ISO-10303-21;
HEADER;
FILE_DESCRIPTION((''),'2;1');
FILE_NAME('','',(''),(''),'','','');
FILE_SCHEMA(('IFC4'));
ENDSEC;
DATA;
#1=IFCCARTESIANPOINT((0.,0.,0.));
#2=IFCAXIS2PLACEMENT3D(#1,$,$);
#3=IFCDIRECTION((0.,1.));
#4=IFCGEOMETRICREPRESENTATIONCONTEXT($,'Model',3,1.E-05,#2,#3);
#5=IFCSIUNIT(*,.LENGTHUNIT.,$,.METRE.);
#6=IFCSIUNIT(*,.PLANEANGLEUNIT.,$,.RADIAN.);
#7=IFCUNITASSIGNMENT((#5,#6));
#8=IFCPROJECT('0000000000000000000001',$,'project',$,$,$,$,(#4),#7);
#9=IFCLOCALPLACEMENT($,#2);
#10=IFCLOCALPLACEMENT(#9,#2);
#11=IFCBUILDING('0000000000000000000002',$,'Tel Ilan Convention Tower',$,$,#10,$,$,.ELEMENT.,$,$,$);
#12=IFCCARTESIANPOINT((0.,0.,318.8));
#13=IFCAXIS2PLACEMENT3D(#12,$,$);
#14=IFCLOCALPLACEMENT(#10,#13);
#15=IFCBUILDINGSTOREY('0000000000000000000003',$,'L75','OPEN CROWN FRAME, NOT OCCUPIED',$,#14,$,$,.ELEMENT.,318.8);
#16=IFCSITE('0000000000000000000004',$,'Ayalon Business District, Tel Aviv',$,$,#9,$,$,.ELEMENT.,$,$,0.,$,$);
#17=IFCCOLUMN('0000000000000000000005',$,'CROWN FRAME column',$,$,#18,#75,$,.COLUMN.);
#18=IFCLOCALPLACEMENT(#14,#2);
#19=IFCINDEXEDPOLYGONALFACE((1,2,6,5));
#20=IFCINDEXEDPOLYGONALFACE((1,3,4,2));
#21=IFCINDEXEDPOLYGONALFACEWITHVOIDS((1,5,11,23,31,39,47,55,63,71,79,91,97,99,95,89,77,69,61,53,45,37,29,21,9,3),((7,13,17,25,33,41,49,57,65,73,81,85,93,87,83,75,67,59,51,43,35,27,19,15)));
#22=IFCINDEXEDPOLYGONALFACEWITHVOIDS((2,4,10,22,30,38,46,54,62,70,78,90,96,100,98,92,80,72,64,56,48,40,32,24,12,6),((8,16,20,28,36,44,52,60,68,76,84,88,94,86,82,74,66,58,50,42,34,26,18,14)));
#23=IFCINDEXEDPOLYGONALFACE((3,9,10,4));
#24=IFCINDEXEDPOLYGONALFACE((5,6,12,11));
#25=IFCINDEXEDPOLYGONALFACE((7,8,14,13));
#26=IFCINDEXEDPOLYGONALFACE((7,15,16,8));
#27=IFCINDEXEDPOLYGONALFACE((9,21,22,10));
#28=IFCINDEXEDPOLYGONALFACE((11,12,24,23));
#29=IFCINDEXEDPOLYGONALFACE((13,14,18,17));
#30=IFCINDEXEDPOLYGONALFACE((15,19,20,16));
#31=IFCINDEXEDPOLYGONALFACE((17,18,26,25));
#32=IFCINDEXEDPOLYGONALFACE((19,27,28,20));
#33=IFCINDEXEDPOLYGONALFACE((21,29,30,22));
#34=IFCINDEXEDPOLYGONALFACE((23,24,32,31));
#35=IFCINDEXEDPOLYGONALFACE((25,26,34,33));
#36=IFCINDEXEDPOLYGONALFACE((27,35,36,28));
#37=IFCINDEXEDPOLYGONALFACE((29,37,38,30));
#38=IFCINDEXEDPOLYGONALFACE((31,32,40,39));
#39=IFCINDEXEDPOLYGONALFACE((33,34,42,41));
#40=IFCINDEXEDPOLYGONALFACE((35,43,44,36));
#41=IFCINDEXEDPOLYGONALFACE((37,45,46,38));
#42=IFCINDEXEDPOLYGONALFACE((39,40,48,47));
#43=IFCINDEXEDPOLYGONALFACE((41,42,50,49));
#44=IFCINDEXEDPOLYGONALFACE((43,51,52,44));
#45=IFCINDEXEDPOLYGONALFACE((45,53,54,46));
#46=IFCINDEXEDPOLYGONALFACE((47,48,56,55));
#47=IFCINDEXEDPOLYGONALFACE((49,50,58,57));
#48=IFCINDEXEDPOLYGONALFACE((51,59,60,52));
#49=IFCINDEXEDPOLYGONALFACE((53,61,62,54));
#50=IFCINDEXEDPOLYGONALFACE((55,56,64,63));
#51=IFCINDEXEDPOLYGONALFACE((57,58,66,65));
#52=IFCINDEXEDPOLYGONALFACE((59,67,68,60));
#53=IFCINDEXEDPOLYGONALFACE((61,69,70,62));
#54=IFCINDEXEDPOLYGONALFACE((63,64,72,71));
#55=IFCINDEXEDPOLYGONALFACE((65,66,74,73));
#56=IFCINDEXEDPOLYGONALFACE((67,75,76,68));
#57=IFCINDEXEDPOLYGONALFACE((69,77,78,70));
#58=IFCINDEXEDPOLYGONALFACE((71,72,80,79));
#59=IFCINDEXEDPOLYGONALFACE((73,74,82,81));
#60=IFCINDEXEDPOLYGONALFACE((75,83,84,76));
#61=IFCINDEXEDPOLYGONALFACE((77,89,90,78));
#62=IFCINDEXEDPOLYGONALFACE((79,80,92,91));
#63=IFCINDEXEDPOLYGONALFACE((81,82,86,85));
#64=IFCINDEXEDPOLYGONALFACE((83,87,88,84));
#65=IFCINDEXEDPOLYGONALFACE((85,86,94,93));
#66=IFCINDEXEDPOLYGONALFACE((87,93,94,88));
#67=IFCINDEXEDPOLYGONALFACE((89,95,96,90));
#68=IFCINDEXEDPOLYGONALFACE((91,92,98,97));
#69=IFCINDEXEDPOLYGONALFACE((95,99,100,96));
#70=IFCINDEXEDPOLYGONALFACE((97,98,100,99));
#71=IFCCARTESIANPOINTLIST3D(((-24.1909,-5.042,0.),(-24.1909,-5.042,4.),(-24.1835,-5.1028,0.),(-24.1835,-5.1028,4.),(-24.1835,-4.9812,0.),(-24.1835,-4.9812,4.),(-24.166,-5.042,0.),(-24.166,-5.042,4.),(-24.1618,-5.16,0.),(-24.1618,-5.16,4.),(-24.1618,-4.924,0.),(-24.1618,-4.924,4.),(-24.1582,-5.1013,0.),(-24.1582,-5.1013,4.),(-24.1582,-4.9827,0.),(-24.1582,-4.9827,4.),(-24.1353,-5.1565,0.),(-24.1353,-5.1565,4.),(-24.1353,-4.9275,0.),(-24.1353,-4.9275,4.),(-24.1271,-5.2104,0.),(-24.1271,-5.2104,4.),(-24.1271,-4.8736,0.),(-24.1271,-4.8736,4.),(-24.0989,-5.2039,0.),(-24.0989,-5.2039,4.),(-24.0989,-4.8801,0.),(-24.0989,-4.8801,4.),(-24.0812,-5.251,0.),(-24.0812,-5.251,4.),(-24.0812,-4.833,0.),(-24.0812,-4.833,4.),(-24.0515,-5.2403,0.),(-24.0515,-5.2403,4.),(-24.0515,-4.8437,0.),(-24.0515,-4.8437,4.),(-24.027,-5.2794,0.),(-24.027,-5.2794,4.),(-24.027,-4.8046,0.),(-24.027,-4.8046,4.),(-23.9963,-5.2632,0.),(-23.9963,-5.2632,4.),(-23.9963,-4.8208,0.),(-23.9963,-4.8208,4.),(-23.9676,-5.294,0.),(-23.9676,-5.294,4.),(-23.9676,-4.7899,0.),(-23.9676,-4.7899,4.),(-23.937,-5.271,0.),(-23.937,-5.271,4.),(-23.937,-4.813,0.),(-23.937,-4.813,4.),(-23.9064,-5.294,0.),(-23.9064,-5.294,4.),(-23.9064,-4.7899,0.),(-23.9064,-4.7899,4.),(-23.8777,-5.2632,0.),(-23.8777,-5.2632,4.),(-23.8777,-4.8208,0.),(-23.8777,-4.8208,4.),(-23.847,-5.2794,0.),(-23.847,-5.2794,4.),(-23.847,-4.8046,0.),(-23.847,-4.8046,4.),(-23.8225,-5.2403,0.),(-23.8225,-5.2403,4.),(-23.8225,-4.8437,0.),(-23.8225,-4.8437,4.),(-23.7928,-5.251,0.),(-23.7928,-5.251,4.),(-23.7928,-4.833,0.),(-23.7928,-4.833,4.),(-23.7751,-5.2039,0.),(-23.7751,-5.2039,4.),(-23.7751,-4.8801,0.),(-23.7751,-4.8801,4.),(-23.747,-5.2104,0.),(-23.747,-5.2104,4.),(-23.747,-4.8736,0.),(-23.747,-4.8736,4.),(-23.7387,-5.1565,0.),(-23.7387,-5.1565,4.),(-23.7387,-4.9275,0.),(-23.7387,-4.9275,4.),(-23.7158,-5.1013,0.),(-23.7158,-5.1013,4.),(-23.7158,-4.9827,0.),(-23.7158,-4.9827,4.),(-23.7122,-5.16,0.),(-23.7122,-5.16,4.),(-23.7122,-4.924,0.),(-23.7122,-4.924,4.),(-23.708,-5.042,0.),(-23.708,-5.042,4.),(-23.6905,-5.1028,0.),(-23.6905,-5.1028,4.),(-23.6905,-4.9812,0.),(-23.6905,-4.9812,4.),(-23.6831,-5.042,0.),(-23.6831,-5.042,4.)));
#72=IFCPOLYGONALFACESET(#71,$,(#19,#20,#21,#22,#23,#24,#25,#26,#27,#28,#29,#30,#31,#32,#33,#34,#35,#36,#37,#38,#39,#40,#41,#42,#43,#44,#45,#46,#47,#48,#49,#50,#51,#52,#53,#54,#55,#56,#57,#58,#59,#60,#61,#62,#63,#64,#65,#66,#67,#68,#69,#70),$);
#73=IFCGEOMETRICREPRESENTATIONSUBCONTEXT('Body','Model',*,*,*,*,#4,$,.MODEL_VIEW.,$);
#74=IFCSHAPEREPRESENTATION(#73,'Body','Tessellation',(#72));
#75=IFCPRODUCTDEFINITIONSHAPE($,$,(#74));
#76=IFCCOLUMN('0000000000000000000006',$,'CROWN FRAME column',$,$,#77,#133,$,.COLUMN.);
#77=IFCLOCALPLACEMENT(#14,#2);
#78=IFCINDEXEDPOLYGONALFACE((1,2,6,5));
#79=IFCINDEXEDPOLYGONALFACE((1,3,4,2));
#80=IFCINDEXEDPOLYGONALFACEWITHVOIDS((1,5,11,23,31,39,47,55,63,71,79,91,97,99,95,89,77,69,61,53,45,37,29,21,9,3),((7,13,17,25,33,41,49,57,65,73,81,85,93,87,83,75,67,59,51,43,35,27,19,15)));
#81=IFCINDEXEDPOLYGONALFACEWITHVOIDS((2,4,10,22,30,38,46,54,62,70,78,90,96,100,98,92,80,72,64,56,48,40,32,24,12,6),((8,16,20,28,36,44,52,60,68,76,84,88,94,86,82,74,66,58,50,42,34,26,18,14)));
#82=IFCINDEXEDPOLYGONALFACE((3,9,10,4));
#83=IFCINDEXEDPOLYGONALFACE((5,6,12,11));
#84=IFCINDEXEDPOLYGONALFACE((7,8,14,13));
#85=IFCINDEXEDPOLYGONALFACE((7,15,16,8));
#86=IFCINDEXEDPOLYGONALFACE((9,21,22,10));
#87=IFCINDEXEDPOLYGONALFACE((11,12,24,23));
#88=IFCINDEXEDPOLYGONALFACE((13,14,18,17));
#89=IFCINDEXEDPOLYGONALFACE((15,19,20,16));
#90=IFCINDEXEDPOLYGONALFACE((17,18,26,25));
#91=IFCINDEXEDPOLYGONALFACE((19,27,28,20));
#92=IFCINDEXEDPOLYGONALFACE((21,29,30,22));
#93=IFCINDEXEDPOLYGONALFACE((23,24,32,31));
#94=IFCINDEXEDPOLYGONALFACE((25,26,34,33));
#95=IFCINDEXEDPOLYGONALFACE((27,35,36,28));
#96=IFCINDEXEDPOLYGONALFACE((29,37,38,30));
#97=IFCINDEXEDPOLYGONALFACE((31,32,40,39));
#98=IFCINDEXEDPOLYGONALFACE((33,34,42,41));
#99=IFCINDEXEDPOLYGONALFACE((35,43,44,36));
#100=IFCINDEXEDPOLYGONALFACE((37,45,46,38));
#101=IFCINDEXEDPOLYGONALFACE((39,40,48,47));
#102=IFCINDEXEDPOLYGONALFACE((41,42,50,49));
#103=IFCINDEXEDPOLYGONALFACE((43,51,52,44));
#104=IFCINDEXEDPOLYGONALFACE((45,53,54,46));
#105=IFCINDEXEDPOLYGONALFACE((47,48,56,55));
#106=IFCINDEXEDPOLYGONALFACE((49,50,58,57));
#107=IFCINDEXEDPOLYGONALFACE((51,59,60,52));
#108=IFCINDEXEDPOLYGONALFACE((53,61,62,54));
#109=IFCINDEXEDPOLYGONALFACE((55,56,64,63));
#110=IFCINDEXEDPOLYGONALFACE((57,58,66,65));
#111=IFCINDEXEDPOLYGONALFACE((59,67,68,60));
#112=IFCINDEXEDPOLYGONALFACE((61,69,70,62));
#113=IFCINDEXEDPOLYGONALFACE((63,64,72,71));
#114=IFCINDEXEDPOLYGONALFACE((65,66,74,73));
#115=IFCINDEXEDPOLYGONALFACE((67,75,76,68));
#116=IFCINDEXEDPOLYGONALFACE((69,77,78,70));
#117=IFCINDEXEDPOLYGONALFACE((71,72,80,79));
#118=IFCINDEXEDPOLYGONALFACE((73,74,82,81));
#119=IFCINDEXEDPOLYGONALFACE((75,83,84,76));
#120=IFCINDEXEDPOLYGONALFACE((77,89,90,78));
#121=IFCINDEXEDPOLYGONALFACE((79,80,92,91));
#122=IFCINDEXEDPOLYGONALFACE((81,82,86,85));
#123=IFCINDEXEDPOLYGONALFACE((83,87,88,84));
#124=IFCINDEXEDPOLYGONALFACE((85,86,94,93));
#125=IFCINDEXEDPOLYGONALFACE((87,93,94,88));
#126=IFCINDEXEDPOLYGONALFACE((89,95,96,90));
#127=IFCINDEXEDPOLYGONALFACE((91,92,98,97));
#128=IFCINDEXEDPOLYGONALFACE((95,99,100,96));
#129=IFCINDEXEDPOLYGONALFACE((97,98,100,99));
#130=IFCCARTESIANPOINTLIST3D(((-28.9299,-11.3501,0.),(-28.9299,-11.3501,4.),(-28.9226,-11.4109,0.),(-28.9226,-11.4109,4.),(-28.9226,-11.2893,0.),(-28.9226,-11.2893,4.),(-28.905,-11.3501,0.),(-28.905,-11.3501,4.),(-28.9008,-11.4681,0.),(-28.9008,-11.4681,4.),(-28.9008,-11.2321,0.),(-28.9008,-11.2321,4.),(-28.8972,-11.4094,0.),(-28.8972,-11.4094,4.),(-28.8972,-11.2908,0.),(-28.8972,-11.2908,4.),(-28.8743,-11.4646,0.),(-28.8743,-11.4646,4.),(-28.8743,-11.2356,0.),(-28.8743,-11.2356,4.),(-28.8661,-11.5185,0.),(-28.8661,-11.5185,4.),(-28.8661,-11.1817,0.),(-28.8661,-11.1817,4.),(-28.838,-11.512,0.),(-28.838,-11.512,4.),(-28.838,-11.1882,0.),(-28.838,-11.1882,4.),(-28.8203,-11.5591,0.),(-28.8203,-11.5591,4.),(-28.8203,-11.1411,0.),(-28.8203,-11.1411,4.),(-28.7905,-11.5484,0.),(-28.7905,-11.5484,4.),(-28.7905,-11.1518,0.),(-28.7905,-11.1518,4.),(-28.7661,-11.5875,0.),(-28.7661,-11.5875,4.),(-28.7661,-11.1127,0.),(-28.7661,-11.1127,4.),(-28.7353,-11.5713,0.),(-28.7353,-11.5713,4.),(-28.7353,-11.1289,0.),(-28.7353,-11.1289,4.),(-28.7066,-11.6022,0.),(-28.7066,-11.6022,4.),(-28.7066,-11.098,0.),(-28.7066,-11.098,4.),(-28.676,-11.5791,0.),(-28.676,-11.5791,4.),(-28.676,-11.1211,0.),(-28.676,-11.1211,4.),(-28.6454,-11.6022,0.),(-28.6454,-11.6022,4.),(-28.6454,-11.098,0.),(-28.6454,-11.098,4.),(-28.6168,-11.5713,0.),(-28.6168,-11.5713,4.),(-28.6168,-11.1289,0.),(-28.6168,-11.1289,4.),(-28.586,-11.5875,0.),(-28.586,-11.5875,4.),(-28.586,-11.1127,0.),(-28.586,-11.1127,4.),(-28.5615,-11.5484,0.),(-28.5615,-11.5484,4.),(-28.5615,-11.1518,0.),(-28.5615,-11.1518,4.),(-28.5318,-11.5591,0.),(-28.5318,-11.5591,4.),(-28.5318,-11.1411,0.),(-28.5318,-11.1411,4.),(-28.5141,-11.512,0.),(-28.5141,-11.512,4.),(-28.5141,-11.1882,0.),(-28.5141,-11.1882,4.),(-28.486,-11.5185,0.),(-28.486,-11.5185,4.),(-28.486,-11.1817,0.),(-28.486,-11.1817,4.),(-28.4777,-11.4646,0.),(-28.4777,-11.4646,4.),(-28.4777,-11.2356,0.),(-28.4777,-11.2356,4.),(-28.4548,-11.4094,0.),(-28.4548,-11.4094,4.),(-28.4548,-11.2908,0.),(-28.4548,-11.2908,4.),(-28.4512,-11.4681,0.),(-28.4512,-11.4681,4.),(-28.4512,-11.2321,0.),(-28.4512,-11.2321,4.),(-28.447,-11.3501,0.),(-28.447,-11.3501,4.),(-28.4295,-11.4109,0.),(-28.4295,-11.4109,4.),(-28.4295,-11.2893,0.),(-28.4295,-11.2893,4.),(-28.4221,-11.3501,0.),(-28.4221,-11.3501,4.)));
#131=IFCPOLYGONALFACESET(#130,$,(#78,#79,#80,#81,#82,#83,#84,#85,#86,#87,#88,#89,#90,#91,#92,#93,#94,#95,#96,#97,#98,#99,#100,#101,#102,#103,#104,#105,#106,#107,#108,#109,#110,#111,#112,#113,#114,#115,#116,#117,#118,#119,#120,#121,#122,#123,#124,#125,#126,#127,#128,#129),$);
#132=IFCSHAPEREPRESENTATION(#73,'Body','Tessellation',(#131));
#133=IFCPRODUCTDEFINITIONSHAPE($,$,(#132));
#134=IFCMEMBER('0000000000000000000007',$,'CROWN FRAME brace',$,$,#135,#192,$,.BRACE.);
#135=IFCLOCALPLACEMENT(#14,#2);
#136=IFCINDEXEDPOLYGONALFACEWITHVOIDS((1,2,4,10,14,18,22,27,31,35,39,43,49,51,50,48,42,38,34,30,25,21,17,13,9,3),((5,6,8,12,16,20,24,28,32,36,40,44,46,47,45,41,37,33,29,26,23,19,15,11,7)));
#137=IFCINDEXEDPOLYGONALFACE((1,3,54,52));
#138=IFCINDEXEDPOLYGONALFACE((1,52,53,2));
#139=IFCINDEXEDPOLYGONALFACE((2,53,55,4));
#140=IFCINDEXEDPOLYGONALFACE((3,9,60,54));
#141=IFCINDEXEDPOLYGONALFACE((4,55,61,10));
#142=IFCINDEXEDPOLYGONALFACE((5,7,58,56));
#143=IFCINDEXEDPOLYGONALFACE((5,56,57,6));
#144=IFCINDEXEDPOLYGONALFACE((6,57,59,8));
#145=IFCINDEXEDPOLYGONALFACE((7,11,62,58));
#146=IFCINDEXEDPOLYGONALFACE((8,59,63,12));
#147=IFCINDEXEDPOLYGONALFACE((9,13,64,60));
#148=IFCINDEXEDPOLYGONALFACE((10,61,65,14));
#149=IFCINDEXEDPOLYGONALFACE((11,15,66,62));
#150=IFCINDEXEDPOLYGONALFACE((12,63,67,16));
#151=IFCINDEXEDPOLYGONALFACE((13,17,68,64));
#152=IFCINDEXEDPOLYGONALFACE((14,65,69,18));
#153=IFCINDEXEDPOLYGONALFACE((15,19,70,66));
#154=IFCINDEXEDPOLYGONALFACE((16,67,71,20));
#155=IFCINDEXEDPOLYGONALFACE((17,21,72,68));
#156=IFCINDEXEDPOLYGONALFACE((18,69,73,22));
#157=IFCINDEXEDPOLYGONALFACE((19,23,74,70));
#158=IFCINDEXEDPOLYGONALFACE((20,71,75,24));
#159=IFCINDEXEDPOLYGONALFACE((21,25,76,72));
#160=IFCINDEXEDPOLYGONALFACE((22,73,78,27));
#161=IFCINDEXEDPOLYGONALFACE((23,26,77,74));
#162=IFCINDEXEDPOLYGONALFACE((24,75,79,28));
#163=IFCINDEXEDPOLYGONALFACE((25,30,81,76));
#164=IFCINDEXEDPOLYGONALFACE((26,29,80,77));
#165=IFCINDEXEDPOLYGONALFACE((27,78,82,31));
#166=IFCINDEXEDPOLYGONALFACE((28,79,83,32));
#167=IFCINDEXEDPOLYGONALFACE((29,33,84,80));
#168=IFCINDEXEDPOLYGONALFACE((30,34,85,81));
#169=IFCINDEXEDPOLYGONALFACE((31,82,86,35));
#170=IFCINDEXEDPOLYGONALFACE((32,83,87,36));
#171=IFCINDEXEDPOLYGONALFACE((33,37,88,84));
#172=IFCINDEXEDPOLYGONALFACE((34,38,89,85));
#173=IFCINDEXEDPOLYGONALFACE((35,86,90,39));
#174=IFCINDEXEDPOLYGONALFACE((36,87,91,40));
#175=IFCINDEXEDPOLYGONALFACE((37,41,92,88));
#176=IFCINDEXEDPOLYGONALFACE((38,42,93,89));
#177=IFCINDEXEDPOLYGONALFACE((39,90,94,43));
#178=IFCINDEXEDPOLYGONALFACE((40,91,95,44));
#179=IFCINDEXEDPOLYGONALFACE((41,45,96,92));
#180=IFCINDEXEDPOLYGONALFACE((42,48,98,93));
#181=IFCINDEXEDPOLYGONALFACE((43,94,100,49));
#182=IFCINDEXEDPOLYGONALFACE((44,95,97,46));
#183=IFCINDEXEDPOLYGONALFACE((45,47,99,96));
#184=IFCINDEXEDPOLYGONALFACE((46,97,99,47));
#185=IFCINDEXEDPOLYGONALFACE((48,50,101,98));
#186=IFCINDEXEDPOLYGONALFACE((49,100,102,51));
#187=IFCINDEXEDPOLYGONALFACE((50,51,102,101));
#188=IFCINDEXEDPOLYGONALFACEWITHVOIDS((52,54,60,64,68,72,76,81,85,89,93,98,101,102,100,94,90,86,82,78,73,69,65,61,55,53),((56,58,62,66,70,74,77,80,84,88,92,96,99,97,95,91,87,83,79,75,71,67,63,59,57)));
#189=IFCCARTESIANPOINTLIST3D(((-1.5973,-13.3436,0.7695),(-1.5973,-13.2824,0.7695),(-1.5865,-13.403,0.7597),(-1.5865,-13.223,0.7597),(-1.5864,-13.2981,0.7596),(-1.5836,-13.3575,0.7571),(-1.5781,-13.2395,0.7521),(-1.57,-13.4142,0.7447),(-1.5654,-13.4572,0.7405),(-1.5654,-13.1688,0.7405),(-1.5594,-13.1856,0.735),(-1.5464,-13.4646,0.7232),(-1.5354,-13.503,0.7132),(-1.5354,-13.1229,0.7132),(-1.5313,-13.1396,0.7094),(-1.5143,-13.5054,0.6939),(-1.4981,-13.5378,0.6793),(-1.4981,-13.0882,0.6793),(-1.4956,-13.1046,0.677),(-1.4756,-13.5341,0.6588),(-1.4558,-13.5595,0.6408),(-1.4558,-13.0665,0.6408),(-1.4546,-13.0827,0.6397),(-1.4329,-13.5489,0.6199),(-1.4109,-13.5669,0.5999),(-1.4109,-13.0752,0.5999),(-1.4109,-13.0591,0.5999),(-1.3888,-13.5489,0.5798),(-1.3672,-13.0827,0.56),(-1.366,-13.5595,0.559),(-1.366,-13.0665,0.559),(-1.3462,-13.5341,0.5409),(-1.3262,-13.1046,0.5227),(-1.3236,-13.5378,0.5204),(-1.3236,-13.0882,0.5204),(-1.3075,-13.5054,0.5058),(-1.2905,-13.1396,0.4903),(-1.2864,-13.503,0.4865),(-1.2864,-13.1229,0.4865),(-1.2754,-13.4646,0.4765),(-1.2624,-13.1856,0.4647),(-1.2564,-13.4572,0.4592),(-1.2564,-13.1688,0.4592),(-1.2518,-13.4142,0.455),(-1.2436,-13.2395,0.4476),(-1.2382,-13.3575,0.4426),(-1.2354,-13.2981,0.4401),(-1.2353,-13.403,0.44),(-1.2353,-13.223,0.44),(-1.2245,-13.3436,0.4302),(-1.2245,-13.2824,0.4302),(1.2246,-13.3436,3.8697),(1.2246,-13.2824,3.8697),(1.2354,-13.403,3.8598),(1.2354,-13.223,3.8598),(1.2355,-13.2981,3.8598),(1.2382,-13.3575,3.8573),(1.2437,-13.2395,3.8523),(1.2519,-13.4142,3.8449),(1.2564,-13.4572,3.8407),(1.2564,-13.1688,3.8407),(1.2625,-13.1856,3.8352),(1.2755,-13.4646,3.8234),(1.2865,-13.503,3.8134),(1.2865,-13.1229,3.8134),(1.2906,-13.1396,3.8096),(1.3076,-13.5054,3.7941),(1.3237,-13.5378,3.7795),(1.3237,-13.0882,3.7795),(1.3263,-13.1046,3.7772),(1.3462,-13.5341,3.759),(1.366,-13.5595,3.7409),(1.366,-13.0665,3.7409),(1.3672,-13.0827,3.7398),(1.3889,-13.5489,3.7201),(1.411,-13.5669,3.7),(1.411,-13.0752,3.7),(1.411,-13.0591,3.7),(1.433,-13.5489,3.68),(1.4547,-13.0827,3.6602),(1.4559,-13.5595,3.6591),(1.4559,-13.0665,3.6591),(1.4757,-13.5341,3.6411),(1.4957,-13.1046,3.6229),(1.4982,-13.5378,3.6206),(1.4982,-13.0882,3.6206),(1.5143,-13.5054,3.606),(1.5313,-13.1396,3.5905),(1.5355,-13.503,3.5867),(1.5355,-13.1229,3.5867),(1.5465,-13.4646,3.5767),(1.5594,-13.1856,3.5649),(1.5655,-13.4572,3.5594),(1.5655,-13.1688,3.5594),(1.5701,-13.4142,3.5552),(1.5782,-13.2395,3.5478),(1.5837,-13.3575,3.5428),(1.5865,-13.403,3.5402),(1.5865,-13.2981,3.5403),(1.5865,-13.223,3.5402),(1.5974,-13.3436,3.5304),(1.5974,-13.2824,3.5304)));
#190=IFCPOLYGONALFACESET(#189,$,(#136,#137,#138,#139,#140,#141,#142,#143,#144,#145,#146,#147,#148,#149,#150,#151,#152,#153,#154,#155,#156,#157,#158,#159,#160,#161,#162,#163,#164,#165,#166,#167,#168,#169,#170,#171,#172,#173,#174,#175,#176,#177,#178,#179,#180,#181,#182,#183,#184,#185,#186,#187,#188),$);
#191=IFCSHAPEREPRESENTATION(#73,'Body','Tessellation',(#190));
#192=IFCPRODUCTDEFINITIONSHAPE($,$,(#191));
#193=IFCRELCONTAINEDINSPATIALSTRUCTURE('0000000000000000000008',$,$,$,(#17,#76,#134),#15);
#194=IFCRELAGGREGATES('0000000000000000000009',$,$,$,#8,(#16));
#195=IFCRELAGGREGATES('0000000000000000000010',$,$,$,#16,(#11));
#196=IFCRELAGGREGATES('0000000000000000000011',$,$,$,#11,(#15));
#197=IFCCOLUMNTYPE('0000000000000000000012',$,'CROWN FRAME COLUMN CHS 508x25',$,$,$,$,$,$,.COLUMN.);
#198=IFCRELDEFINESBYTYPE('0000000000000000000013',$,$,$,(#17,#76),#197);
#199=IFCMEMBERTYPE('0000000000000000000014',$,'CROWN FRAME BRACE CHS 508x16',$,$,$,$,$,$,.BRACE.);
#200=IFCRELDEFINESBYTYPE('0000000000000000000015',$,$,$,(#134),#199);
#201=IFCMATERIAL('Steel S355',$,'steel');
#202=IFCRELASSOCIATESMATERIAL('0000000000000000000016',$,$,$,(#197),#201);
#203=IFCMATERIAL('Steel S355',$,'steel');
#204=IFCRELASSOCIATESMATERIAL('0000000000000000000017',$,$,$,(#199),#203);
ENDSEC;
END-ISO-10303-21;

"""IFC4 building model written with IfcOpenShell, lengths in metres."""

from ifc_helpers import new_model, si_unit, direction, frame, origin, origin_2d, place, context, subcontext, project, spatial, hollow_circle, extrude, material, material_profile, profile_set, type_object, element, save


model = new_model("IFC4")

# Units and contexts
model_context = context("Model", 3, precision=1e-05, world=origin(), true_north=direction((0.0, 1.0)))
body_context = subcontext(model_context, "Body", "Model", "MODEL_VIEW")
ifc_project = project(units=[si_unit("LENGTHUNIT", "METRE"), si_unit("PLANEANGLEUNIT", "RADIAN")], contexts=[model_context])

# Site, building, storey
site_placement = place(None, origin())
site = spatial("IfcSite", under=ifc_project, at=site_placement, Name="Ayalon Business District, Tel Aviv", CompositionType="ELEMENT", RefElevation=0.0)
building_placement = place(site_placement, origin())
building = spatial("IfcBuilding", under=site, at=building_placement, Name="Tel Ilan Convention Tower", CompositionType="ELEMENT")
storey_placement = place(building_placement, frame((0.0, 0.0, 318.8)))
storey = spatial("IfcBuildingStorey", under=building, at=storey_placement, Name="L75", Description="OPEN CROWN FRAME, NOT OCCUPIED", CompositionType="ELEMENT", Elevation=318.8)

# Columns
ifc_material_1 = material(Name="Steel S355", Category="steel")
ifc_material_profile_1 = material_profile(ifc_material_1, hollow_circle(Radius=0.2539, WallThickness=0.0249, at=origin_2d()), Name="CHS 508x25")
ifc_profile_set_1 = profile_set([ifc_material_profile_1], Name="Steel S355")
column_type = type_object("IfcColumnType", Name="CROWN FRAME COLUMN CHS 508x25", PredefinedType="COLUMN", material=ifc_profile_set_1)
for number, where, z_axis, x_axis, name in (
    (1, (-23.937, -5.042, 0.0), (0.0, 0.0, 1.0), (1.0, 0.0, 0.0), "CROWN FRAME column"),
    (2, (-28.676, -11.3501, 0.0), (0.0, 0.0, 1.0), (1.0, 0.0, 0.0), "CROWN FRAME column"),
):
    element("IfcColumn", number, at=place(storey_placement, frame(where, z_axis=z_axis, x_axis=x_axis)), inside=storey, type_object=column_type, Name=name, PredefinedType="COLUMN", context=body_context, shape_type="SweptSolid", body=[
        extrude(hollow_circle(Radius=0.2539, WallThickness=0.0249, at=origin_2d()), origin(), (0.0, 0.0, 1.0), 4.0),
    ])

# Member
ifc_material_2 = material(Name="Steel S355", Category="steel")
ifc_material_profile_2 = material_profile(ifc_material_2, hollow_circle(Radius=0.2539, WallThickness=0.0161, at=origin_2d()), Name="CHS 508x16")
ifc_profile_set_2 = profile_set([ifc_material_profile_2], Name="Steel S355")
member_type = type_object("IfcMemberType", Name="CROWN FRAME BRACE CHS 508x16", PredefinedType="BRACE", material=ifc_profile_set_2)
member_1_placement = place(storey_placement, frame((-1.4109, -13.313, 0.5999), z_axis=(0.673131, 0.0, 0.739524), x_axis=(0.0, 1.0, 0.0)))
element("IfcMember", 3, at=member_1_placement, inside=storey, type_object=member_type, Name="CROWN FRAME brace", PredefinedType="BRACE", context=body_context, shape_type="SweptSolid", body=[
    extrude(hollow_circle(Radius=0.2539, WallThickness=0.0161, at=origin_2d()), origin(), (0.0, 0.0, 1.0), 4.1921),
])

save(model, "model.ifc")
